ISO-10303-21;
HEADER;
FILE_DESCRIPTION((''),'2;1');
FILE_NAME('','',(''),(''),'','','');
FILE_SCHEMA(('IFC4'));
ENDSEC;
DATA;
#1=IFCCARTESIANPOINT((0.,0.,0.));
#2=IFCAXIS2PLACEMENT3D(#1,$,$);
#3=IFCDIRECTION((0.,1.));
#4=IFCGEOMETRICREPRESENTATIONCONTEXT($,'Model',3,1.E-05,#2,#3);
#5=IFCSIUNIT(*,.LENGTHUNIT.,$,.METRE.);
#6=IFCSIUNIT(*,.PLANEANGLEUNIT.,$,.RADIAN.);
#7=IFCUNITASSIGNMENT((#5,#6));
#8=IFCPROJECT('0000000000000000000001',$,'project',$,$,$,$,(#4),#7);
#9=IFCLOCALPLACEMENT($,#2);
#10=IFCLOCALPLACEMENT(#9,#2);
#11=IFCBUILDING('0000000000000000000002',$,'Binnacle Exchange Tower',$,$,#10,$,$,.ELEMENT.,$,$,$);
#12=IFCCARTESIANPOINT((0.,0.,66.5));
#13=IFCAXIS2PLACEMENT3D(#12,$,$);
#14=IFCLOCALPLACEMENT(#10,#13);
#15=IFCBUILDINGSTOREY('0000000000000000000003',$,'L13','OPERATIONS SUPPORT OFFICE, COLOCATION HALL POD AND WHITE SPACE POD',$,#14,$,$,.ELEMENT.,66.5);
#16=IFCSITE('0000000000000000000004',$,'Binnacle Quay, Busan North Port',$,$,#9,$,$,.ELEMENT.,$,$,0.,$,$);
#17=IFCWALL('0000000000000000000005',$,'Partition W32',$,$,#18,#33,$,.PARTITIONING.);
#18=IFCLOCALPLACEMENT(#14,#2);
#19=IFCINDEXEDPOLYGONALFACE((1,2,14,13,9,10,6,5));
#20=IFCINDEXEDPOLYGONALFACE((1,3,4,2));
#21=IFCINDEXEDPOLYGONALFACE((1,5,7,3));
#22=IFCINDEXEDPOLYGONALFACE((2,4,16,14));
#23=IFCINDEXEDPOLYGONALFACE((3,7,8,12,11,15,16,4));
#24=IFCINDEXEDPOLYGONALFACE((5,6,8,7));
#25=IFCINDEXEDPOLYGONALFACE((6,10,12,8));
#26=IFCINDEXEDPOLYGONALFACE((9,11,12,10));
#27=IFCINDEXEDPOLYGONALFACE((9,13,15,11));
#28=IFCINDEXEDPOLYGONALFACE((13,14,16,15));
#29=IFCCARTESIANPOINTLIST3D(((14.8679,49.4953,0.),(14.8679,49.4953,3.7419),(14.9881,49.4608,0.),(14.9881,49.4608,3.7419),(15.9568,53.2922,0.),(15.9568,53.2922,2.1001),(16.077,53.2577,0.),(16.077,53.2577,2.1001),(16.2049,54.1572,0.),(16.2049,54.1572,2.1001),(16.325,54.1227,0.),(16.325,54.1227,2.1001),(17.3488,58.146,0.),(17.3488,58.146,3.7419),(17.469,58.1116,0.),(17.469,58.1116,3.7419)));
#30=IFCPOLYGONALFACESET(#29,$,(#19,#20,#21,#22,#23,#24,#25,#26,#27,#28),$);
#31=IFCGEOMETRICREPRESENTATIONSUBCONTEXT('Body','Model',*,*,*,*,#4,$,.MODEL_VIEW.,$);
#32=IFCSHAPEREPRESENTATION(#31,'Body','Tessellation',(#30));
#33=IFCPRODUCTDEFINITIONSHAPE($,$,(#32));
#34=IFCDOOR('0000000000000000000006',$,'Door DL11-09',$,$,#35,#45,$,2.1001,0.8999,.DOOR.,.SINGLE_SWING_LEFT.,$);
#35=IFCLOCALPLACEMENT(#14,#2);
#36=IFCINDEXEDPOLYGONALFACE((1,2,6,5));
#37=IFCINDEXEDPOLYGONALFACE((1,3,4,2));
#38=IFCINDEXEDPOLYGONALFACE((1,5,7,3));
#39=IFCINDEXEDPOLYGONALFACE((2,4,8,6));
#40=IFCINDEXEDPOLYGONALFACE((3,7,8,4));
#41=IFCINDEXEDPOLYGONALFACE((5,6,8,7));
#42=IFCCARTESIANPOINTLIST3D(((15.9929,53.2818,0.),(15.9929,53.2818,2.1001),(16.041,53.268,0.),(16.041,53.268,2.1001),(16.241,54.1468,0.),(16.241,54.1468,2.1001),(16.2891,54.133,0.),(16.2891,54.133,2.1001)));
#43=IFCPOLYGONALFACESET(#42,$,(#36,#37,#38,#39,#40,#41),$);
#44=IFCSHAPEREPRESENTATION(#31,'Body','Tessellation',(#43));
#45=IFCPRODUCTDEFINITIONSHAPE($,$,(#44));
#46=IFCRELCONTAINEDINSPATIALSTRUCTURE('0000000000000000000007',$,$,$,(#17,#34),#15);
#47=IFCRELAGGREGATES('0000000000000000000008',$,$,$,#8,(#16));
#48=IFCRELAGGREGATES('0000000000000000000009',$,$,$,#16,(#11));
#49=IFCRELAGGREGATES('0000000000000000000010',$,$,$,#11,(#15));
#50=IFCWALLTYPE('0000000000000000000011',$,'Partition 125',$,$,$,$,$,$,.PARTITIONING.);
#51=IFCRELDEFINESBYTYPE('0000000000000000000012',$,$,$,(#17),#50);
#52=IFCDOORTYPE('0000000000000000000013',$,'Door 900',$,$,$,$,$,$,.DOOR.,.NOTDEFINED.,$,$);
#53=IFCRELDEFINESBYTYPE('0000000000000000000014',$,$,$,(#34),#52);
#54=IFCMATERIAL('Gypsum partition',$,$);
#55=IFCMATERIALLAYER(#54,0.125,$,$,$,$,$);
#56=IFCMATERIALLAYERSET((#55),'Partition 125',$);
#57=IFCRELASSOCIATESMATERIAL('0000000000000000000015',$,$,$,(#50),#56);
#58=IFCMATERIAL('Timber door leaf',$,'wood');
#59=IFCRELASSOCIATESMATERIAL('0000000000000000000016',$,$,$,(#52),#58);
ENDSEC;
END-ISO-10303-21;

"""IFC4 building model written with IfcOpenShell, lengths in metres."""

from ifc_helpers import new_model, si_unit, direction, frame, frame_2d, origin, place, context, subcontext, project, spatial, rectangle, extrude, material, layer, layer_set, type_object, element, fill, save


model = new_model("IFC4")

# Units and contexts
model_context = context("Model", 3, precision=1e-05, world=origin(), true_north=direction((0.0, 1.0)))
body_context = subcontext(model_context, "Body", "Model", "MODEL_VIEW")
ifc_project = project(units=[si_unit("LENGTHUNIT", "METRE"), si_unit("PLANEANGLEUNIT", "RADIAN")], contexts=[model_context])

# Site, building, storey
site_placement = place(None, origin())
site = spatial("IfcSite", under=ifc_project, at=site_placement, Name="Binnacle Quay, Busan North Port", CompositionType="ELEMENT", RefElevation=0.0)
building_placement = place(site_placement, origin())
building = spatial("IfcBuilding", under=site, at=building_placement, Name="Binnacle Exchange Tower", CompositionType="ELEMENT")
storey_placement = place(building_placement, frame((0.0, 0.0, 66.5)))
storey = spatial("IfcBuildingStorey", under=building, at=storey_placement, Name="L13", Description="OPERATIONS SUPPORT OFFICE, COLOCATION HALL POD AND WHITE SPACE POD", CompositionType="ELEMENT", Elevation=66.5)

# Shared definitions
ifc_material_1 = material(Name="Gypsum partition")
ifc_layer_1 = layer(ifc_material_1, 0.125)
ifc_layer_set_1 = layer_set([ifc_layer_1], Name="Partition 125")
wall_type_1 = type_object("IfcWallType", Name="Partition 125", PredefinedType="PARTITIONING", material=ifc_layer_set_1)

# Shared definitions
ifc_material_2 = material(Name="Timber door leaf", Category="wood")
door_type_1 = type_object("IfcDoorType", Name="Door 900", OperationType="NOTDEFINED", PredefinedType="DOOR", material=ifc_material_2)

# Wall, opening, door
wall_1_placement = place(storey_placement, frame((14.928, 49.478, 0.0), z_axis=(0.0, 0.0, 1.0), x_axis=(0.275674, 0.961251, 0.0)))
wall_1 = element("IfcWall", 1, at=wall_1_placement, inside=storey, type_object=wall_type_1, Name="Partition W32", PredefinedType="PARTITIONING", context=body_context, shape_type="SweptSolid", body=[
    extrude(rectangle(XDim=8.9995, YDim=0.125, at=frame_2d((4.4998, 0.0))), origin(), (0.0, 0.0, 1.0), 3.7419),
])
opening_1_placement = place(wall_1_placement, frame((3.95, 0.0, 0.0)))
opening_1 = element("IfcOpeningElement", 2, at=opening_1_placement, cuts=wall_1, PredefinedType="OPENING", context=body_context, shape_type="SweptSolid", body=[
    extrude(rectangle(XDim=0.8999, YDim=2.1001, at=frame_2d((0.45, 1.05))), frame((0.0, 0.0725, 0.0), z_axis=(0.0, -1.0, 0.0), x_axis=(1.0, 0.0, 0.0)), (0.0, 0.0, 1.0), 0.145),
])
door_1_placement = place(opening_1_placement, origin())
door_1 = element("IfcDoor", 3, at=door_1_placement, inside=storey, type_object=door_type_1, Name="Door DL11-09", OperationType="SINGLE_SWING_LEFT", OverallHeight=2.1001, OverallWidth=0.8999, PredefinedType="DOOR", context=body_context, shape_type="SweptSolid", body=[
    extrude(rectangle(XDim=0.8999, YDim=2.1001, at=frame_2d((0.45, 1.05))), frame((0.0, 0.0249, 0.0), z_axis=(0.0, -1.0, 0.0), x_axis=(1.0, 0.0, 0.0)), (0.0, 0.0, 1.0), 0.05),
])
fill(opening_1, door_1)

save(model, "model.ifc")
